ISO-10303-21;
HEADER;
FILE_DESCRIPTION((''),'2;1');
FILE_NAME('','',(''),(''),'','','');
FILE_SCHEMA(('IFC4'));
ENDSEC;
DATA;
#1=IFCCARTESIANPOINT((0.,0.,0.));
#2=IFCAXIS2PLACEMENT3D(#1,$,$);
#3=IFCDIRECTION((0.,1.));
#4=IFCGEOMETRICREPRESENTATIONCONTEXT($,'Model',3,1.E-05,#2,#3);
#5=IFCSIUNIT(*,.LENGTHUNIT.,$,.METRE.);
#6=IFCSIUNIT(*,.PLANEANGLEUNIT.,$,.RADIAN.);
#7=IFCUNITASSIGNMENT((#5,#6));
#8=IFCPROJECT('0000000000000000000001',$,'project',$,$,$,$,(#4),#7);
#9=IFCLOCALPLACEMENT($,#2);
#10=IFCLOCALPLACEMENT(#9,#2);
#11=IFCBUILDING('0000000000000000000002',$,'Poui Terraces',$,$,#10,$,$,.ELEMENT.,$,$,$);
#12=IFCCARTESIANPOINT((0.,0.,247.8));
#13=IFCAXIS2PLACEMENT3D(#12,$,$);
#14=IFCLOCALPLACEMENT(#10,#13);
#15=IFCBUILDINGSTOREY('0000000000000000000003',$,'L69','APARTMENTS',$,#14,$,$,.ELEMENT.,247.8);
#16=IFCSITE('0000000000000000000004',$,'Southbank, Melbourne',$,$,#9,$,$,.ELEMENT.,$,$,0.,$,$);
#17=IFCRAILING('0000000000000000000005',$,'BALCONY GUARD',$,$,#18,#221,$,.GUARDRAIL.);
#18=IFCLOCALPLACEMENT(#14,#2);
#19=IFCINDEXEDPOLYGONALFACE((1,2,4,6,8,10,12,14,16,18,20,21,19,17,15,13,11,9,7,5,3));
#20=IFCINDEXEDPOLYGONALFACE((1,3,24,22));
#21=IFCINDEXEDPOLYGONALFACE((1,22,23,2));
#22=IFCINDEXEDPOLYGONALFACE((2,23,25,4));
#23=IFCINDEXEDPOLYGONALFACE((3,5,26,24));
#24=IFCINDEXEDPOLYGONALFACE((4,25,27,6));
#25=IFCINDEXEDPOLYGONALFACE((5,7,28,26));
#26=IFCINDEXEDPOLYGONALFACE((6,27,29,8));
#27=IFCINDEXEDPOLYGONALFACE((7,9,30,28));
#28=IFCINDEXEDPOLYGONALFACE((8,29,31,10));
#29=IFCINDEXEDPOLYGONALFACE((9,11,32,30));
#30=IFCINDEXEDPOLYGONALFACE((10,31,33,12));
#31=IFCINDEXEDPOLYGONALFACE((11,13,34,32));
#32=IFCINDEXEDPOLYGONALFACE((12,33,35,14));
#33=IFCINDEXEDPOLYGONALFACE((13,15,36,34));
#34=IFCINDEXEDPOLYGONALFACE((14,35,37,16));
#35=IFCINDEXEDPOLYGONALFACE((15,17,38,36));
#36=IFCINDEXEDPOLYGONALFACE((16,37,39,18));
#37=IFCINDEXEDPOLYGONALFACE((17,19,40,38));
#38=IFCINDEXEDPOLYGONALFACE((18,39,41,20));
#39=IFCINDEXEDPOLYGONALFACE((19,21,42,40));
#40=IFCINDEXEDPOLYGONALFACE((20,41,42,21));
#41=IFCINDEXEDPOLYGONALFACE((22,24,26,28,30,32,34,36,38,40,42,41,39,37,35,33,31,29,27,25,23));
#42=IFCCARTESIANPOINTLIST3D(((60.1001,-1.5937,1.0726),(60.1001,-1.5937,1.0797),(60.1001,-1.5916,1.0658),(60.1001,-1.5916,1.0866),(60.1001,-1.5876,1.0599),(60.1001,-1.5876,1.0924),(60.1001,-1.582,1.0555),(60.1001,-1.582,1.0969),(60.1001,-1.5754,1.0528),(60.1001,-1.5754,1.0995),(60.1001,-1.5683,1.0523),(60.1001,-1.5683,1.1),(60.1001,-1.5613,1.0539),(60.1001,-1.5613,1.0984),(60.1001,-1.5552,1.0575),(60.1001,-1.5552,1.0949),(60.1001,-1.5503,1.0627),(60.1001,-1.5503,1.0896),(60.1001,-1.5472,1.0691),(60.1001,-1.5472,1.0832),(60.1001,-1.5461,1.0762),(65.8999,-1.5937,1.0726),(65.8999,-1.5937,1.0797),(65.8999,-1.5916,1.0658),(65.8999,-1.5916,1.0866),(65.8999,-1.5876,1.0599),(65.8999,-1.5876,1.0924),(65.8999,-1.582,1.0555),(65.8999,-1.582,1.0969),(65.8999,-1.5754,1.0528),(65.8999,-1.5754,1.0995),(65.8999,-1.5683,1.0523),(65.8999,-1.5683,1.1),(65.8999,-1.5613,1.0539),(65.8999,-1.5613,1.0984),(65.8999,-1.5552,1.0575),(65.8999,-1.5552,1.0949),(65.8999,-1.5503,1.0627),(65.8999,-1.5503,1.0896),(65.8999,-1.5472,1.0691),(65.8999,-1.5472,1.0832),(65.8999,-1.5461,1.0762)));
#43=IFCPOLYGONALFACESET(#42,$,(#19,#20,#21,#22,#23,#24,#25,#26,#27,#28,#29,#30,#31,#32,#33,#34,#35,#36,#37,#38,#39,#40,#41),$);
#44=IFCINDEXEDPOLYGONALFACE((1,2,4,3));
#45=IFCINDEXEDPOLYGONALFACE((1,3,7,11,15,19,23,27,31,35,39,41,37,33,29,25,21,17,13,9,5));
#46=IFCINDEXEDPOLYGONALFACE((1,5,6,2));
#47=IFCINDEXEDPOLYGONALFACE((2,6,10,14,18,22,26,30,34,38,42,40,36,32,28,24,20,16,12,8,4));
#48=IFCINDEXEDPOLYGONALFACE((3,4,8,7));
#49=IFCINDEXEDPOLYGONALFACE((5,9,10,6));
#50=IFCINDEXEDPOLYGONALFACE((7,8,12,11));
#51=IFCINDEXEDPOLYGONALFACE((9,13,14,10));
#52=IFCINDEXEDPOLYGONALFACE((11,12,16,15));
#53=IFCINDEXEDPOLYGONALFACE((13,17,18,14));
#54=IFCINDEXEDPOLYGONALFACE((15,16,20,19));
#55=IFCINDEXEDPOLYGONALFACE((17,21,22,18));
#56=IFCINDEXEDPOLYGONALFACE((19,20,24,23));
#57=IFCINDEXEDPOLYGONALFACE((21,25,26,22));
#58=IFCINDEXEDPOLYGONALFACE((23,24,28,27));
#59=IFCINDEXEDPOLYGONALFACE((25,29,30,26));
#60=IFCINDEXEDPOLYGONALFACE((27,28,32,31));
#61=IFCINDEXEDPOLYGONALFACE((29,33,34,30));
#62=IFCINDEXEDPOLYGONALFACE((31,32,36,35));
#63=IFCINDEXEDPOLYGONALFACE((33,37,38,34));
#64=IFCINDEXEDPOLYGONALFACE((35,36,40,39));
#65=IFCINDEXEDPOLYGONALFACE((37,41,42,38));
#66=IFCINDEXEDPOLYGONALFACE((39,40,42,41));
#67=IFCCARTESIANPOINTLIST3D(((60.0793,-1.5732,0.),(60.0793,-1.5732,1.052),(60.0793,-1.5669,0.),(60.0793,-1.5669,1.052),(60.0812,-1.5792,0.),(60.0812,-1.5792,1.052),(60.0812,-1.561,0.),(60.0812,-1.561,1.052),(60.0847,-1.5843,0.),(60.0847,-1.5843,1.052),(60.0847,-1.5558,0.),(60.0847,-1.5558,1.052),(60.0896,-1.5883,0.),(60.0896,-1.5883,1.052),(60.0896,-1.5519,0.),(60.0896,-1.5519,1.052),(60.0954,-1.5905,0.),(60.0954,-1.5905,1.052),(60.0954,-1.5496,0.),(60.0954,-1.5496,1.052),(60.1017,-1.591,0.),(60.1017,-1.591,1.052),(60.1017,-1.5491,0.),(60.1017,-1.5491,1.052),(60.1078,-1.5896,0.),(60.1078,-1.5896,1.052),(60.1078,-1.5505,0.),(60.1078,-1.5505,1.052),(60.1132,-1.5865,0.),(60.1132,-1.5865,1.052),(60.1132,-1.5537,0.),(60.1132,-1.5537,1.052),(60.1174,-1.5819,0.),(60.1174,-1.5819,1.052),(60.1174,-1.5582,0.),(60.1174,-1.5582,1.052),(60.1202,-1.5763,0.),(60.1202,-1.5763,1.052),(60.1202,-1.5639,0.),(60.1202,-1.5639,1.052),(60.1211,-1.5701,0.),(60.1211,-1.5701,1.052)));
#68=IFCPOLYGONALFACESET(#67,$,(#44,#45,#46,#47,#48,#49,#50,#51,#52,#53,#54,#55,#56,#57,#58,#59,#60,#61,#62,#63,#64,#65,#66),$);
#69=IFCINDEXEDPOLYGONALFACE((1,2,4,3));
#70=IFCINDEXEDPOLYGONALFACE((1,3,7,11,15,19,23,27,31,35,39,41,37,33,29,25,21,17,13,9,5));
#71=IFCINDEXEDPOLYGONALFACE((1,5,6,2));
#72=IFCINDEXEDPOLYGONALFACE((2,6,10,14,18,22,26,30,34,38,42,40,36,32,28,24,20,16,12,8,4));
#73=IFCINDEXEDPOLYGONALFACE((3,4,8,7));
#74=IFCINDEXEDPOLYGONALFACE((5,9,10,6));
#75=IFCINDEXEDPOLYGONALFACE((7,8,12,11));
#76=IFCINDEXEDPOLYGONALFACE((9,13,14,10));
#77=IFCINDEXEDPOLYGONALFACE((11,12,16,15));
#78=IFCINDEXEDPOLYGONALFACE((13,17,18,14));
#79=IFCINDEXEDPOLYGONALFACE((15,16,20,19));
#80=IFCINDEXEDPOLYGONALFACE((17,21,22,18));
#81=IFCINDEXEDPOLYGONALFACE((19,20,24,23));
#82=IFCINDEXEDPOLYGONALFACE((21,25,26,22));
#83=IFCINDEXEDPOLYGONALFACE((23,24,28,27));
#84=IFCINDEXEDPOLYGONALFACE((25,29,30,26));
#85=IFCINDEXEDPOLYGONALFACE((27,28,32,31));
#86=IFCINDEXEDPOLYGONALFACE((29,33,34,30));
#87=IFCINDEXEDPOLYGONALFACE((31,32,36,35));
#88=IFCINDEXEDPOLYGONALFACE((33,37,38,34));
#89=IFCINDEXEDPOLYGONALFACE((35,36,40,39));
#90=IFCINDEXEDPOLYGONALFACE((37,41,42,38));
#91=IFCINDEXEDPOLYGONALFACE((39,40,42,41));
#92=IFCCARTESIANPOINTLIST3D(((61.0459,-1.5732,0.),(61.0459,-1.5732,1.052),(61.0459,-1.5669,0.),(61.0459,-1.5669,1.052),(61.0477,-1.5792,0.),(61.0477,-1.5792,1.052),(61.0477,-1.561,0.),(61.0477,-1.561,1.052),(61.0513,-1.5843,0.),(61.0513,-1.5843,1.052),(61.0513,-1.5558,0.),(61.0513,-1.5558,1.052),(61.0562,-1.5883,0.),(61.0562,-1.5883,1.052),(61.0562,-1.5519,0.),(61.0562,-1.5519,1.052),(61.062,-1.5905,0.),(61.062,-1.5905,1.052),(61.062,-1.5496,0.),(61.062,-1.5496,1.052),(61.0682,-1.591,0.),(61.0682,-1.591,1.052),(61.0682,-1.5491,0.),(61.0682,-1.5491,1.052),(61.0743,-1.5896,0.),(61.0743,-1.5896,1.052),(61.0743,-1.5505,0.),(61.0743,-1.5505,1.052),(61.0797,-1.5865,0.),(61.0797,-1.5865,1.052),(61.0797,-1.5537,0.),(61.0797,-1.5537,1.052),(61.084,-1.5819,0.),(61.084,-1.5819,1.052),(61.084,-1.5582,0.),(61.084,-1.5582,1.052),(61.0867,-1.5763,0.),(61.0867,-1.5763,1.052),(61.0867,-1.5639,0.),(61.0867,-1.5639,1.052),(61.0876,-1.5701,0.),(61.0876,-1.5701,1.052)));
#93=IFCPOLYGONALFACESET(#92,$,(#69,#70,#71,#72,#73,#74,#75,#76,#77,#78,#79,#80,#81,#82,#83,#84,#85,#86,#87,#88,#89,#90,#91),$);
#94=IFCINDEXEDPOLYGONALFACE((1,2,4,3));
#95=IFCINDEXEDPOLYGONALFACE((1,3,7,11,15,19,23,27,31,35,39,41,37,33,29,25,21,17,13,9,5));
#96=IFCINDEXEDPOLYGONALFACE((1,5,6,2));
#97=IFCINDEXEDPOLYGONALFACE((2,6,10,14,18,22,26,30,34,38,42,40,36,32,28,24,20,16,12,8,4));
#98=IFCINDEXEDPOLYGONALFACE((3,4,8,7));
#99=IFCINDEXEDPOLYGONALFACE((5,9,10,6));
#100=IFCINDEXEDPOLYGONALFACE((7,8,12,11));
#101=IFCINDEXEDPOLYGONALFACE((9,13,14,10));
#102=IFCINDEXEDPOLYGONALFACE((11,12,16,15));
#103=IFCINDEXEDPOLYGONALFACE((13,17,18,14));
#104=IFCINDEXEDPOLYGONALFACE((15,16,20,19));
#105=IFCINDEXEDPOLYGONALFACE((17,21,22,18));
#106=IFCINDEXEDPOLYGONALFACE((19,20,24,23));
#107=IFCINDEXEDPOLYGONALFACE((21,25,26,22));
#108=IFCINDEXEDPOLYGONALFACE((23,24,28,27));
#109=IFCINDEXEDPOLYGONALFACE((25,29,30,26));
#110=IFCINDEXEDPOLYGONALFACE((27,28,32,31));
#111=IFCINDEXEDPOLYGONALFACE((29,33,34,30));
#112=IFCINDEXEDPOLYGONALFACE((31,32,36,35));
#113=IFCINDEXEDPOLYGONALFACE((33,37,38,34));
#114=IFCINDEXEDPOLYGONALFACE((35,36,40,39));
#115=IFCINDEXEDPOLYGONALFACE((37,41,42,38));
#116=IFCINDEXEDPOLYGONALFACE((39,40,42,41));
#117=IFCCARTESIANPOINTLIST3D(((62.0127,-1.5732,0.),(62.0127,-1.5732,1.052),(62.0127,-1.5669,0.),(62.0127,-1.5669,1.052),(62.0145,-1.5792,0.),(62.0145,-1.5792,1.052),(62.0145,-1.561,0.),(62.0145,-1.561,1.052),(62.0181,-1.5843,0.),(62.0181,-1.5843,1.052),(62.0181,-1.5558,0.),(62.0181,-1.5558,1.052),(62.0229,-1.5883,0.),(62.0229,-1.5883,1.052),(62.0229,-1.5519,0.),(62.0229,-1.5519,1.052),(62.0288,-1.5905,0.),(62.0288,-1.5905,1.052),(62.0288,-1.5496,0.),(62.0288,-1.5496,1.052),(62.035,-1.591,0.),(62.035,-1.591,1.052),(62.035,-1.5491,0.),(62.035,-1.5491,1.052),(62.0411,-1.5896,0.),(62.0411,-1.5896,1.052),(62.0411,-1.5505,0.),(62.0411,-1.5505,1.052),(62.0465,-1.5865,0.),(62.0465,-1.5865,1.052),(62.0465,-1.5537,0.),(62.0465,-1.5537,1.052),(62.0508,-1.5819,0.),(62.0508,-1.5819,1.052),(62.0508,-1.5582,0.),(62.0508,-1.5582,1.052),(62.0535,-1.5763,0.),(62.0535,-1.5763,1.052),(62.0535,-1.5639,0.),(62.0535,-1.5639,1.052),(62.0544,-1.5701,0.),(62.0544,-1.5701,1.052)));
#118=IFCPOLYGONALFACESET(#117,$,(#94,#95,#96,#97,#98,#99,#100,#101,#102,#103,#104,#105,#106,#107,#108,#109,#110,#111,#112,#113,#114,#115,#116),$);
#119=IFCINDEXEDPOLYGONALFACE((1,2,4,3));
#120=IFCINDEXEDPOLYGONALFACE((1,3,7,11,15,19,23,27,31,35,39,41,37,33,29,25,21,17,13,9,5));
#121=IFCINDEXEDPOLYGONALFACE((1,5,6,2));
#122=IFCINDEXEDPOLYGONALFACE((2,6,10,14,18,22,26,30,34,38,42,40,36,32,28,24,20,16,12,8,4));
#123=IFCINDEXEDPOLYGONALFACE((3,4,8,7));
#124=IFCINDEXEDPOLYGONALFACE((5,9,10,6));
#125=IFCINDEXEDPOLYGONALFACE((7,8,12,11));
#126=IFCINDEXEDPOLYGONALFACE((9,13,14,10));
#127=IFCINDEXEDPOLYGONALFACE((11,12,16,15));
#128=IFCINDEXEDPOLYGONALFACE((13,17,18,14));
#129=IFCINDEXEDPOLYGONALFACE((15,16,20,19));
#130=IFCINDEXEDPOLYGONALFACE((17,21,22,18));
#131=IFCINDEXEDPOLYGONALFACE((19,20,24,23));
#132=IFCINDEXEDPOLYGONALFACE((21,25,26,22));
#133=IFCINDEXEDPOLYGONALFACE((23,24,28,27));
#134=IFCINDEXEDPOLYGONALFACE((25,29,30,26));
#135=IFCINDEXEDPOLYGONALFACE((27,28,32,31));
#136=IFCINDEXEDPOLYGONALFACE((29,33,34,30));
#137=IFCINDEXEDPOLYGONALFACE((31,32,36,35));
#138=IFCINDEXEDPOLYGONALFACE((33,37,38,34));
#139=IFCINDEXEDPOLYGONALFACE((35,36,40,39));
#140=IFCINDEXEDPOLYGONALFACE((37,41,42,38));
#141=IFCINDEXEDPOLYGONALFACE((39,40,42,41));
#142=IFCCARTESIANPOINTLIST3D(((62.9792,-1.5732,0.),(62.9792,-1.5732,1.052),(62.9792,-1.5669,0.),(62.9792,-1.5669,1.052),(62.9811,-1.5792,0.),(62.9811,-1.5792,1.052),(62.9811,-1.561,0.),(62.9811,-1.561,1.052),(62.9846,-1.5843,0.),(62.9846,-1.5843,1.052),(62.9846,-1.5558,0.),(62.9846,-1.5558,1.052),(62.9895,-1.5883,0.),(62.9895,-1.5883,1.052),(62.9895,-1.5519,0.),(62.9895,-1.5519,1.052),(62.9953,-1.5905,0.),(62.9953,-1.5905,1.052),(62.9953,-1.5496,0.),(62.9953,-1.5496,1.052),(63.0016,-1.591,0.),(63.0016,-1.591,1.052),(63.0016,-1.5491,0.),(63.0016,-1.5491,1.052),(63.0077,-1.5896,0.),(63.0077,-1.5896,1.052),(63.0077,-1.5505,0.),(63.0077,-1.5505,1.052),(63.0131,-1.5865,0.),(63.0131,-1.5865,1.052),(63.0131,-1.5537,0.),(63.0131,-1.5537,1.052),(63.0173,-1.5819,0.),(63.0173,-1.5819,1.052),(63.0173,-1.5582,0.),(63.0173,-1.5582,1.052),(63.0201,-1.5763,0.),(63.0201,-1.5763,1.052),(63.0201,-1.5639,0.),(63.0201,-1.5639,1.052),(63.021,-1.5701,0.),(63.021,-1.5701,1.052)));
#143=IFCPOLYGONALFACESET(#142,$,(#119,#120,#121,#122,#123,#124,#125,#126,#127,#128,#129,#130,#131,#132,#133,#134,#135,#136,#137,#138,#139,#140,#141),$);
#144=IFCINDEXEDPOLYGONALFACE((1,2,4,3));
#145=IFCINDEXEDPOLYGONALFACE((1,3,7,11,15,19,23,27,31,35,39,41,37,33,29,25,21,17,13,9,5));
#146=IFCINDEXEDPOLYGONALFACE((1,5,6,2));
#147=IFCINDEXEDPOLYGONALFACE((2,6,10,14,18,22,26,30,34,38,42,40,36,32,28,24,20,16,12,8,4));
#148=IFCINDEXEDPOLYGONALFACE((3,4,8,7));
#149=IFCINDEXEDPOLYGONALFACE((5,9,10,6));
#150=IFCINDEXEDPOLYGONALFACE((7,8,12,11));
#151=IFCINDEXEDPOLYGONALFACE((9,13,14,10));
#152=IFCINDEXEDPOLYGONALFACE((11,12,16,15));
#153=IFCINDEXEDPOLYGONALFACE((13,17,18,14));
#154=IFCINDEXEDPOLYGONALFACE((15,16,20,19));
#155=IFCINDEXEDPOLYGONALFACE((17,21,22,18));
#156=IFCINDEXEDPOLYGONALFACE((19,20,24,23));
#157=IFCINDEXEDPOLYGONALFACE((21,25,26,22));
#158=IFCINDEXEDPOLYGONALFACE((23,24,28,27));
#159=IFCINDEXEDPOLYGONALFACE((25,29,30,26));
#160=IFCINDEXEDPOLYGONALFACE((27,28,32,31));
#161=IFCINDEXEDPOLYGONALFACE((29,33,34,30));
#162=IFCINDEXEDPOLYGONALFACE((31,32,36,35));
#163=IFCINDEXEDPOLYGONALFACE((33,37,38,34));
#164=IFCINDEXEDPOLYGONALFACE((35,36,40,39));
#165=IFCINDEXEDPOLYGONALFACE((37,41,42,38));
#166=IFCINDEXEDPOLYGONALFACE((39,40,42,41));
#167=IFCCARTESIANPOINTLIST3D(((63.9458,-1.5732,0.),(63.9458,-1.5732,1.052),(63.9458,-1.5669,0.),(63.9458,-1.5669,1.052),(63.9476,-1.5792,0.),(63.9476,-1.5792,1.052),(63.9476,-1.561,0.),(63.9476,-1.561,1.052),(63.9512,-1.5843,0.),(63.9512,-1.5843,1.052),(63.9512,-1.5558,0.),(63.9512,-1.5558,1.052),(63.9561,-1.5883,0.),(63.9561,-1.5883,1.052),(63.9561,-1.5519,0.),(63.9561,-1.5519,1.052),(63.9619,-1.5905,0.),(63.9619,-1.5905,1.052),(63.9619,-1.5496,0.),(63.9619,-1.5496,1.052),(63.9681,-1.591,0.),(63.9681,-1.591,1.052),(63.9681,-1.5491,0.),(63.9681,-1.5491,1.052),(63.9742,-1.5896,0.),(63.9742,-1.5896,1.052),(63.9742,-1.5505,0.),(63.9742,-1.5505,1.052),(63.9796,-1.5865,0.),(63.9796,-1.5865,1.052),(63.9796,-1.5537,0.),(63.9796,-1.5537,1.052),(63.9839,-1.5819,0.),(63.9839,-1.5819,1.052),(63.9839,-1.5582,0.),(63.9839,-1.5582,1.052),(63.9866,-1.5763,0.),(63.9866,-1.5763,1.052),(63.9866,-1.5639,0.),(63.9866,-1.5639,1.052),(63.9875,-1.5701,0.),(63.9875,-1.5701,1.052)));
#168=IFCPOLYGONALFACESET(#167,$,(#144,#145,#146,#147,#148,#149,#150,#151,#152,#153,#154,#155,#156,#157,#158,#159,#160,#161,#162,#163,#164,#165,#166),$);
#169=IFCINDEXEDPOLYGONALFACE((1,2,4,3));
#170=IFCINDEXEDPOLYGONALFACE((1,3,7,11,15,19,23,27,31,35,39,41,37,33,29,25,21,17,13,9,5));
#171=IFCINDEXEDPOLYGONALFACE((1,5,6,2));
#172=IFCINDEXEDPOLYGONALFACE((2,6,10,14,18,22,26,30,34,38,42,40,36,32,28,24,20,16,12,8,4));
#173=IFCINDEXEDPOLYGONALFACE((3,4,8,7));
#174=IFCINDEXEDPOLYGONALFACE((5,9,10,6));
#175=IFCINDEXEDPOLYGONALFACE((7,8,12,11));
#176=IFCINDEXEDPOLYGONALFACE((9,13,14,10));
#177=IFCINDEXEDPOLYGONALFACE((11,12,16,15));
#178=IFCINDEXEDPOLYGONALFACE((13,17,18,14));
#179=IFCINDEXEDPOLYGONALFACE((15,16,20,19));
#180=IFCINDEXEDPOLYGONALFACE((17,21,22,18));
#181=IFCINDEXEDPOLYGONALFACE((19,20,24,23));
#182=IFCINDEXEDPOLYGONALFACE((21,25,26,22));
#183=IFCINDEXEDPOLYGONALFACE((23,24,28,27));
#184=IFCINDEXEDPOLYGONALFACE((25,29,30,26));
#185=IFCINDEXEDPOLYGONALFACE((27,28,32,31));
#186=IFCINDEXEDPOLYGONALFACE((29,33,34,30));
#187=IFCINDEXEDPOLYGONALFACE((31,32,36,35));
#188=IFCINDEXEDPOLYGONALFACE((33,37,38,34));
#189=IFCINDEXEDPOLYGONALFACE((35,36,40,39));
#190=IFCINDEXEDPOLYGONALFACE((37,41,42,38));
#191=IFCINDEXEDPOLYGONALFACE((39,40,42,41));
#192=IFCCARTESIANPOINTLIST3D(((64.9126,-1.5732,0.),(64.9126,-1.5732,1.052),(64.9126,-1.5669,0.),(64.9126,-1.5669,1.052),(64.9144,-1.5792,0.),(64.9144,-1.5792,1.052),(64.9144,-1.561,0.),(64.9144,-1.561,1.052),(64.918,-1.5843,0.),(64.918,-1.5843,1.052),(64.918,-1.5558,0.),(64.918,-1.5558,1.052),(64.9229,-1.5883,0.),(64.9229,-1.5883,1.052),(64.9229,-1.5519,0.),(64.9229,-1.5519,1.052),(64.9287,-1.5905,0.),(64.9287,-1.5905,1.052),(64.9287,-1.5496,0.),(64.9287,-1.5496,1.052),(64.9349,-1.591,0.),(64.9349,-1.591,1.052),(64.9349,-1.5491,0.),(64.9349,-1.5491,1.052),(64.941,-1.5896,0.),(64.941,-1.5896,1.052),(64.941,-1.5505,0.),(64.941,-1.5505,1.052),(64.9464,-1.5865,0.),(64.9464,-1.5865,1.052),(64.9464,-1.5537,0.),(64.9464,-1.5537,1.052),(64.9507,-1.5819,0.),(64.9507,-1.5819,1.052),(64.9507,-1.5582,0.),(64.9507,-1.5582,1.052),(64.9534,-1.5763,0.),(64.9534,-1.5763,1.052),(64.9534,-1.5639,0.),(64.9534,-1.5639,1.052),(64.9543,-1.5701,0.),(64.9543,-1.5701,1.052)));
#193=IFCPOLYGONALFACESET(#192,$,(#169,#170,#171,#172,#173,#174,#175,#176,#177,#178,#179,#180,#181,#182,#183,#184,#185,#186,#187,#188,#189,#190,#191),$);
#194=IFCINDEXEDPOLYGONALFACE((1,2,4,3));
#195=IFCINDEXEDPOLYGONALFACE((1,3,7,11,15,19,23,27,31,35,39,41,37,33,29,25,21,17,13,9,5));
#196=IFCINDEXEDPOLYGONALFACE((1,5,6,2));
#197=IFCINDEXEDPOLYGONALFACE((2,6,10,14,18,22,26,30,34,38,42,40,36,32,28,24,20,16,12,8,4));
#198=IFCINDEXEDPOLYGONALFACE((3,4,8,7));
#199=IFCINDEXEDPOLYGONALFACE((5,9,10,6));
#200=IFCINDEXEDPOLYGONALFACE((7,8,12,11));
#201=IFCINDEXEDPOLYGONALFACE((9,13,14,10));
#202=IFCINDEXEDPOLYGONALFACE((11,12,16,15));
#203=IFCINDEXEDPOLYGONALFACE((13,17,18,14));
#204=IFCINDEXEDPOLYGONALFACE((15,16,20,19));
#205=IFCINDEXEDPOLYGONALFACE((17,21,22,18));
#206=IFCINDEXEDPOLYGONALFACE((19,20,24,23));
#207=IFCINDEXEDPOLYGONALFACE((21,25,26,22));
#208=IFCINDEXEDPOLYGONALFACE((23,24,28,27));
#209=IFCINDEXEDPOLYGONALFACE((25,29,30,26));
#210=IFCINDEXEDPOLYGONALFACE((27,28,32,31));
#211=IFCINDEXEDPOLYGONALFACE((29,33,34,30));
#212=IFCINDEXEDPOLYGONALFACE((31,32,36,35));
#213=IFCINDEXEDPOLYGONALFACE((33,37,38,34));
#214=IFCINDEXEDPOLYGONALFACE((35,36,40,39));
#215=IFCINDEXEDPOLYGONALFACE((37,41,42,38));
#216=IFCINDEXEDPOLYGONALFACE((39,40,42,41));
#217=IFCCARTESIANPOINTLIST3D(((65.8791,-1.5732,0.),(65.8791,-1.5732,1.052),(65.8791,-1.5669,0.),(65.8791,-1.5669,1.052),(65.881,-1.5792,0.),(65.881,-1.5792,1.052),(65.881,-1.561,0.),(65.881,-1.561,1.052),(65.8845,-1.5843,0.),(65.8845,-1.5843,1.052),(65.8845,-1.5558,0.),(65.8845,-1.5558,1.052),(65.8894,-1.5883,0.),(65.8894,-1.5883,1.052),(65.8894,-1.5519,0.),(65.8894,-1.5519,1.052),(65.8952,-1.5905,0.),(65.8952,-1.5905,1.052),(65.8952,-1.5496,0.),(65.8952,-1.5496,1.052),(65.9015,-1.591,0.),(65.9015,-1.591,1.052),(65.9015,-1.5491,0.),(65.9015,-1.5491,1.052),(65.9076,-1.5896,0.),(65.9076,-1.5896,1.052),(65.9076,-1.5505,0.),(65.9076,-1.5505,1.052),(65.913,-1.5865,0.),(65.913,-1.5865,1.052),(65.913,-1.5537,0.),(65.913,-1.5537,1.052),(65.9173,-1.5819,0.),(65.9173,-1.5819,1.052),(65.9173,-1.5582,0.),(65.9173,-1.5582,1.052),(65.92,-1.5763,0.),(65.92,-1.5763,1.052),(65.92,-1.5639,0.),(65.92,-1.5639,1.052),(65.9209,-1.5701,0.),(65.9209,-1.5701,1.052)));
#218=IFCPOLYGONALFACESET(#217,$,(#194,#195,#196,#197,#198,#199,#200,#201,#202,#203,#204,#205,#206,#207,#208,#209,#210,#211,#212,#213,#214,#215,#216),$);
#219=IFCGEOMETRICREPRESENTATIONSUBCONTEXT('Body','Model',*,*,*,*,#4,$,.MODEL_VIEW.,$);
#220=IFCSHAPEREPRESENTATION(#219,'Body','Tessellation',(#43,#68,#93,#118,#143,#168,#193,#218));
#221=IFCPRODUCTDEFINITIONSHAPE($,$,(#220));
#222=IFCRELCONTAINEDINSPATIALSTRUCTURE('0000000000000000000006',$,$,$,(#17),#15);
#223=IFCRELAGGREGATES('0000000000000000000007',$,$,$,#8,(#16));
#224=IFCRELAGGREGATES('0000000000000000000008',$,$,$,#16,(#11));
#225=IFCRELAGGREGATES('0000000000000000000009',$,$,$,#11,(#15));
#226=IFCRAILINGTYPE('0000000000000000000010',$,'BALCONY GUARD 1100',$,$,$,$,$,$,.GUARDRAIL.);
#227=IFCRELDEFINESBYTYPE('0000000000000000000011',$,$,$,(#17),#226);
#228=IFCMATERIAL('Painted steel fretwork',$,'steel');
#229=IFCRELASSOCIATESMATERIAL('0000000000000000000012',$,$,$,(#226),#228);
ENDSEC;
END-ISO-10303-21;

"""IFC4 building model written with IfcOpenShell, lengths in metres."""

from ifc_helpers import new_model, si_unit, direction, frame, origin, origin_2d, place, context, subcontext, project, spatial, circle, extrude, material, type_object, element, save


model = new_model("IFC4")

# Units and contexts
model_context = context("Model", 3, precision=1e-05, world=origin(), true_north=direction((0.0, 1.0)))
body_context = subcontext(model_context, "Body", "Model", "MODEL_VIEW")
ifc_project = project(units=[si_unit("LENGTHUNIT", "METRE"), si_unit("PLANEANGLEUNIT", "RADIAN")], contexts=[model_context])

# Site, building, storey
site_placement = place(None, origin())
site = spatial("IfcSite", under=ifc_project, at=site_placement, Name="Southbank, Melbourne", CompositionType="ELEMENT", RefElevation=0.0)
building_placement = place(site_placement, origin())
building = spatial("IfcBuilding", under=site, at=building_placement, Name="Poui Terraces", CompositionType="ELEMENT")
storey_placement = place(building_placement, frame((0.0, 0.0, 247.8)))
storey = spatial("IfcBuildingStorey", under=building, at=storey_placement, Name="L69", Description="APARTMENTS", CompositionType="ELEMENT", Elevation=247.8)

# Railing
ifc_material_1 = material(Name="Painted steel fretwork", Category="steel")
railing_type = type_object("IfcRailingType", Name="BALCONY GUARD 1100", PredefinedType="GUARDRAIL", material=ifc_material_1)
railing_placement = place(storey_placement, frame((60.1001, -1.5701, 0.0)))
element("IfcRailing", 1, at=railing_placement, inside=storey, type_object=railing_type, Name="BALCONY GUARD", PredefinedType="GUARDRAIL", context=body_context, shape_type="SweptSolid", body=[
    extrude(circle(Radius=0.0239, at=origin_2d()), frame((0.0, 0.0, 1.0762), z_axis=(1.0, 0.0, 0.0), x_axis=(0.0, 1.0, 0.0)), (0.0, 0.0, 1.0), 5.7998),
    extrude(circle(Radius=0.021, at=origin_2d()), origin(), (0.0, 0.0, 1.0), 1.052),
    extrude(circle(Radius=0.021, at=origin_2d()), frame((0.9666, 0.0, 0.0)), (0.0, 0.0, 1.0), 1.052),
    extrude(circle(Radius=0.021, at=origin_2d()), frame((1.9333, 0.0, 0.0)), (0.0, 0.0, 1.0), 1.052),
    extrude(circle(Radius=0.021, at=origin_2d()), frame((2.8999, 0.0, 0.0)), (0.0, 0.0, 1.0), 1.052),
    extrude(circle(Radius=0.021, at=origin_2d()), frame((3.8665, 0.0, 0.0)), (0.0, 0.0, 1.0), 1.052),
    extrude(circle(Radius=0.021, at=origin_2d()), frame((4.8333, 0.0, 0.0)), (0.0, 0.0, 1.0), 1.052),
    extrude(circle(Radius=0.021, at=origin_2d()), frame((5.7998, 0.0, 0.0)), (0.0, 0.0, 1.0), 1.052),
])

save(model, "model.ifc")
